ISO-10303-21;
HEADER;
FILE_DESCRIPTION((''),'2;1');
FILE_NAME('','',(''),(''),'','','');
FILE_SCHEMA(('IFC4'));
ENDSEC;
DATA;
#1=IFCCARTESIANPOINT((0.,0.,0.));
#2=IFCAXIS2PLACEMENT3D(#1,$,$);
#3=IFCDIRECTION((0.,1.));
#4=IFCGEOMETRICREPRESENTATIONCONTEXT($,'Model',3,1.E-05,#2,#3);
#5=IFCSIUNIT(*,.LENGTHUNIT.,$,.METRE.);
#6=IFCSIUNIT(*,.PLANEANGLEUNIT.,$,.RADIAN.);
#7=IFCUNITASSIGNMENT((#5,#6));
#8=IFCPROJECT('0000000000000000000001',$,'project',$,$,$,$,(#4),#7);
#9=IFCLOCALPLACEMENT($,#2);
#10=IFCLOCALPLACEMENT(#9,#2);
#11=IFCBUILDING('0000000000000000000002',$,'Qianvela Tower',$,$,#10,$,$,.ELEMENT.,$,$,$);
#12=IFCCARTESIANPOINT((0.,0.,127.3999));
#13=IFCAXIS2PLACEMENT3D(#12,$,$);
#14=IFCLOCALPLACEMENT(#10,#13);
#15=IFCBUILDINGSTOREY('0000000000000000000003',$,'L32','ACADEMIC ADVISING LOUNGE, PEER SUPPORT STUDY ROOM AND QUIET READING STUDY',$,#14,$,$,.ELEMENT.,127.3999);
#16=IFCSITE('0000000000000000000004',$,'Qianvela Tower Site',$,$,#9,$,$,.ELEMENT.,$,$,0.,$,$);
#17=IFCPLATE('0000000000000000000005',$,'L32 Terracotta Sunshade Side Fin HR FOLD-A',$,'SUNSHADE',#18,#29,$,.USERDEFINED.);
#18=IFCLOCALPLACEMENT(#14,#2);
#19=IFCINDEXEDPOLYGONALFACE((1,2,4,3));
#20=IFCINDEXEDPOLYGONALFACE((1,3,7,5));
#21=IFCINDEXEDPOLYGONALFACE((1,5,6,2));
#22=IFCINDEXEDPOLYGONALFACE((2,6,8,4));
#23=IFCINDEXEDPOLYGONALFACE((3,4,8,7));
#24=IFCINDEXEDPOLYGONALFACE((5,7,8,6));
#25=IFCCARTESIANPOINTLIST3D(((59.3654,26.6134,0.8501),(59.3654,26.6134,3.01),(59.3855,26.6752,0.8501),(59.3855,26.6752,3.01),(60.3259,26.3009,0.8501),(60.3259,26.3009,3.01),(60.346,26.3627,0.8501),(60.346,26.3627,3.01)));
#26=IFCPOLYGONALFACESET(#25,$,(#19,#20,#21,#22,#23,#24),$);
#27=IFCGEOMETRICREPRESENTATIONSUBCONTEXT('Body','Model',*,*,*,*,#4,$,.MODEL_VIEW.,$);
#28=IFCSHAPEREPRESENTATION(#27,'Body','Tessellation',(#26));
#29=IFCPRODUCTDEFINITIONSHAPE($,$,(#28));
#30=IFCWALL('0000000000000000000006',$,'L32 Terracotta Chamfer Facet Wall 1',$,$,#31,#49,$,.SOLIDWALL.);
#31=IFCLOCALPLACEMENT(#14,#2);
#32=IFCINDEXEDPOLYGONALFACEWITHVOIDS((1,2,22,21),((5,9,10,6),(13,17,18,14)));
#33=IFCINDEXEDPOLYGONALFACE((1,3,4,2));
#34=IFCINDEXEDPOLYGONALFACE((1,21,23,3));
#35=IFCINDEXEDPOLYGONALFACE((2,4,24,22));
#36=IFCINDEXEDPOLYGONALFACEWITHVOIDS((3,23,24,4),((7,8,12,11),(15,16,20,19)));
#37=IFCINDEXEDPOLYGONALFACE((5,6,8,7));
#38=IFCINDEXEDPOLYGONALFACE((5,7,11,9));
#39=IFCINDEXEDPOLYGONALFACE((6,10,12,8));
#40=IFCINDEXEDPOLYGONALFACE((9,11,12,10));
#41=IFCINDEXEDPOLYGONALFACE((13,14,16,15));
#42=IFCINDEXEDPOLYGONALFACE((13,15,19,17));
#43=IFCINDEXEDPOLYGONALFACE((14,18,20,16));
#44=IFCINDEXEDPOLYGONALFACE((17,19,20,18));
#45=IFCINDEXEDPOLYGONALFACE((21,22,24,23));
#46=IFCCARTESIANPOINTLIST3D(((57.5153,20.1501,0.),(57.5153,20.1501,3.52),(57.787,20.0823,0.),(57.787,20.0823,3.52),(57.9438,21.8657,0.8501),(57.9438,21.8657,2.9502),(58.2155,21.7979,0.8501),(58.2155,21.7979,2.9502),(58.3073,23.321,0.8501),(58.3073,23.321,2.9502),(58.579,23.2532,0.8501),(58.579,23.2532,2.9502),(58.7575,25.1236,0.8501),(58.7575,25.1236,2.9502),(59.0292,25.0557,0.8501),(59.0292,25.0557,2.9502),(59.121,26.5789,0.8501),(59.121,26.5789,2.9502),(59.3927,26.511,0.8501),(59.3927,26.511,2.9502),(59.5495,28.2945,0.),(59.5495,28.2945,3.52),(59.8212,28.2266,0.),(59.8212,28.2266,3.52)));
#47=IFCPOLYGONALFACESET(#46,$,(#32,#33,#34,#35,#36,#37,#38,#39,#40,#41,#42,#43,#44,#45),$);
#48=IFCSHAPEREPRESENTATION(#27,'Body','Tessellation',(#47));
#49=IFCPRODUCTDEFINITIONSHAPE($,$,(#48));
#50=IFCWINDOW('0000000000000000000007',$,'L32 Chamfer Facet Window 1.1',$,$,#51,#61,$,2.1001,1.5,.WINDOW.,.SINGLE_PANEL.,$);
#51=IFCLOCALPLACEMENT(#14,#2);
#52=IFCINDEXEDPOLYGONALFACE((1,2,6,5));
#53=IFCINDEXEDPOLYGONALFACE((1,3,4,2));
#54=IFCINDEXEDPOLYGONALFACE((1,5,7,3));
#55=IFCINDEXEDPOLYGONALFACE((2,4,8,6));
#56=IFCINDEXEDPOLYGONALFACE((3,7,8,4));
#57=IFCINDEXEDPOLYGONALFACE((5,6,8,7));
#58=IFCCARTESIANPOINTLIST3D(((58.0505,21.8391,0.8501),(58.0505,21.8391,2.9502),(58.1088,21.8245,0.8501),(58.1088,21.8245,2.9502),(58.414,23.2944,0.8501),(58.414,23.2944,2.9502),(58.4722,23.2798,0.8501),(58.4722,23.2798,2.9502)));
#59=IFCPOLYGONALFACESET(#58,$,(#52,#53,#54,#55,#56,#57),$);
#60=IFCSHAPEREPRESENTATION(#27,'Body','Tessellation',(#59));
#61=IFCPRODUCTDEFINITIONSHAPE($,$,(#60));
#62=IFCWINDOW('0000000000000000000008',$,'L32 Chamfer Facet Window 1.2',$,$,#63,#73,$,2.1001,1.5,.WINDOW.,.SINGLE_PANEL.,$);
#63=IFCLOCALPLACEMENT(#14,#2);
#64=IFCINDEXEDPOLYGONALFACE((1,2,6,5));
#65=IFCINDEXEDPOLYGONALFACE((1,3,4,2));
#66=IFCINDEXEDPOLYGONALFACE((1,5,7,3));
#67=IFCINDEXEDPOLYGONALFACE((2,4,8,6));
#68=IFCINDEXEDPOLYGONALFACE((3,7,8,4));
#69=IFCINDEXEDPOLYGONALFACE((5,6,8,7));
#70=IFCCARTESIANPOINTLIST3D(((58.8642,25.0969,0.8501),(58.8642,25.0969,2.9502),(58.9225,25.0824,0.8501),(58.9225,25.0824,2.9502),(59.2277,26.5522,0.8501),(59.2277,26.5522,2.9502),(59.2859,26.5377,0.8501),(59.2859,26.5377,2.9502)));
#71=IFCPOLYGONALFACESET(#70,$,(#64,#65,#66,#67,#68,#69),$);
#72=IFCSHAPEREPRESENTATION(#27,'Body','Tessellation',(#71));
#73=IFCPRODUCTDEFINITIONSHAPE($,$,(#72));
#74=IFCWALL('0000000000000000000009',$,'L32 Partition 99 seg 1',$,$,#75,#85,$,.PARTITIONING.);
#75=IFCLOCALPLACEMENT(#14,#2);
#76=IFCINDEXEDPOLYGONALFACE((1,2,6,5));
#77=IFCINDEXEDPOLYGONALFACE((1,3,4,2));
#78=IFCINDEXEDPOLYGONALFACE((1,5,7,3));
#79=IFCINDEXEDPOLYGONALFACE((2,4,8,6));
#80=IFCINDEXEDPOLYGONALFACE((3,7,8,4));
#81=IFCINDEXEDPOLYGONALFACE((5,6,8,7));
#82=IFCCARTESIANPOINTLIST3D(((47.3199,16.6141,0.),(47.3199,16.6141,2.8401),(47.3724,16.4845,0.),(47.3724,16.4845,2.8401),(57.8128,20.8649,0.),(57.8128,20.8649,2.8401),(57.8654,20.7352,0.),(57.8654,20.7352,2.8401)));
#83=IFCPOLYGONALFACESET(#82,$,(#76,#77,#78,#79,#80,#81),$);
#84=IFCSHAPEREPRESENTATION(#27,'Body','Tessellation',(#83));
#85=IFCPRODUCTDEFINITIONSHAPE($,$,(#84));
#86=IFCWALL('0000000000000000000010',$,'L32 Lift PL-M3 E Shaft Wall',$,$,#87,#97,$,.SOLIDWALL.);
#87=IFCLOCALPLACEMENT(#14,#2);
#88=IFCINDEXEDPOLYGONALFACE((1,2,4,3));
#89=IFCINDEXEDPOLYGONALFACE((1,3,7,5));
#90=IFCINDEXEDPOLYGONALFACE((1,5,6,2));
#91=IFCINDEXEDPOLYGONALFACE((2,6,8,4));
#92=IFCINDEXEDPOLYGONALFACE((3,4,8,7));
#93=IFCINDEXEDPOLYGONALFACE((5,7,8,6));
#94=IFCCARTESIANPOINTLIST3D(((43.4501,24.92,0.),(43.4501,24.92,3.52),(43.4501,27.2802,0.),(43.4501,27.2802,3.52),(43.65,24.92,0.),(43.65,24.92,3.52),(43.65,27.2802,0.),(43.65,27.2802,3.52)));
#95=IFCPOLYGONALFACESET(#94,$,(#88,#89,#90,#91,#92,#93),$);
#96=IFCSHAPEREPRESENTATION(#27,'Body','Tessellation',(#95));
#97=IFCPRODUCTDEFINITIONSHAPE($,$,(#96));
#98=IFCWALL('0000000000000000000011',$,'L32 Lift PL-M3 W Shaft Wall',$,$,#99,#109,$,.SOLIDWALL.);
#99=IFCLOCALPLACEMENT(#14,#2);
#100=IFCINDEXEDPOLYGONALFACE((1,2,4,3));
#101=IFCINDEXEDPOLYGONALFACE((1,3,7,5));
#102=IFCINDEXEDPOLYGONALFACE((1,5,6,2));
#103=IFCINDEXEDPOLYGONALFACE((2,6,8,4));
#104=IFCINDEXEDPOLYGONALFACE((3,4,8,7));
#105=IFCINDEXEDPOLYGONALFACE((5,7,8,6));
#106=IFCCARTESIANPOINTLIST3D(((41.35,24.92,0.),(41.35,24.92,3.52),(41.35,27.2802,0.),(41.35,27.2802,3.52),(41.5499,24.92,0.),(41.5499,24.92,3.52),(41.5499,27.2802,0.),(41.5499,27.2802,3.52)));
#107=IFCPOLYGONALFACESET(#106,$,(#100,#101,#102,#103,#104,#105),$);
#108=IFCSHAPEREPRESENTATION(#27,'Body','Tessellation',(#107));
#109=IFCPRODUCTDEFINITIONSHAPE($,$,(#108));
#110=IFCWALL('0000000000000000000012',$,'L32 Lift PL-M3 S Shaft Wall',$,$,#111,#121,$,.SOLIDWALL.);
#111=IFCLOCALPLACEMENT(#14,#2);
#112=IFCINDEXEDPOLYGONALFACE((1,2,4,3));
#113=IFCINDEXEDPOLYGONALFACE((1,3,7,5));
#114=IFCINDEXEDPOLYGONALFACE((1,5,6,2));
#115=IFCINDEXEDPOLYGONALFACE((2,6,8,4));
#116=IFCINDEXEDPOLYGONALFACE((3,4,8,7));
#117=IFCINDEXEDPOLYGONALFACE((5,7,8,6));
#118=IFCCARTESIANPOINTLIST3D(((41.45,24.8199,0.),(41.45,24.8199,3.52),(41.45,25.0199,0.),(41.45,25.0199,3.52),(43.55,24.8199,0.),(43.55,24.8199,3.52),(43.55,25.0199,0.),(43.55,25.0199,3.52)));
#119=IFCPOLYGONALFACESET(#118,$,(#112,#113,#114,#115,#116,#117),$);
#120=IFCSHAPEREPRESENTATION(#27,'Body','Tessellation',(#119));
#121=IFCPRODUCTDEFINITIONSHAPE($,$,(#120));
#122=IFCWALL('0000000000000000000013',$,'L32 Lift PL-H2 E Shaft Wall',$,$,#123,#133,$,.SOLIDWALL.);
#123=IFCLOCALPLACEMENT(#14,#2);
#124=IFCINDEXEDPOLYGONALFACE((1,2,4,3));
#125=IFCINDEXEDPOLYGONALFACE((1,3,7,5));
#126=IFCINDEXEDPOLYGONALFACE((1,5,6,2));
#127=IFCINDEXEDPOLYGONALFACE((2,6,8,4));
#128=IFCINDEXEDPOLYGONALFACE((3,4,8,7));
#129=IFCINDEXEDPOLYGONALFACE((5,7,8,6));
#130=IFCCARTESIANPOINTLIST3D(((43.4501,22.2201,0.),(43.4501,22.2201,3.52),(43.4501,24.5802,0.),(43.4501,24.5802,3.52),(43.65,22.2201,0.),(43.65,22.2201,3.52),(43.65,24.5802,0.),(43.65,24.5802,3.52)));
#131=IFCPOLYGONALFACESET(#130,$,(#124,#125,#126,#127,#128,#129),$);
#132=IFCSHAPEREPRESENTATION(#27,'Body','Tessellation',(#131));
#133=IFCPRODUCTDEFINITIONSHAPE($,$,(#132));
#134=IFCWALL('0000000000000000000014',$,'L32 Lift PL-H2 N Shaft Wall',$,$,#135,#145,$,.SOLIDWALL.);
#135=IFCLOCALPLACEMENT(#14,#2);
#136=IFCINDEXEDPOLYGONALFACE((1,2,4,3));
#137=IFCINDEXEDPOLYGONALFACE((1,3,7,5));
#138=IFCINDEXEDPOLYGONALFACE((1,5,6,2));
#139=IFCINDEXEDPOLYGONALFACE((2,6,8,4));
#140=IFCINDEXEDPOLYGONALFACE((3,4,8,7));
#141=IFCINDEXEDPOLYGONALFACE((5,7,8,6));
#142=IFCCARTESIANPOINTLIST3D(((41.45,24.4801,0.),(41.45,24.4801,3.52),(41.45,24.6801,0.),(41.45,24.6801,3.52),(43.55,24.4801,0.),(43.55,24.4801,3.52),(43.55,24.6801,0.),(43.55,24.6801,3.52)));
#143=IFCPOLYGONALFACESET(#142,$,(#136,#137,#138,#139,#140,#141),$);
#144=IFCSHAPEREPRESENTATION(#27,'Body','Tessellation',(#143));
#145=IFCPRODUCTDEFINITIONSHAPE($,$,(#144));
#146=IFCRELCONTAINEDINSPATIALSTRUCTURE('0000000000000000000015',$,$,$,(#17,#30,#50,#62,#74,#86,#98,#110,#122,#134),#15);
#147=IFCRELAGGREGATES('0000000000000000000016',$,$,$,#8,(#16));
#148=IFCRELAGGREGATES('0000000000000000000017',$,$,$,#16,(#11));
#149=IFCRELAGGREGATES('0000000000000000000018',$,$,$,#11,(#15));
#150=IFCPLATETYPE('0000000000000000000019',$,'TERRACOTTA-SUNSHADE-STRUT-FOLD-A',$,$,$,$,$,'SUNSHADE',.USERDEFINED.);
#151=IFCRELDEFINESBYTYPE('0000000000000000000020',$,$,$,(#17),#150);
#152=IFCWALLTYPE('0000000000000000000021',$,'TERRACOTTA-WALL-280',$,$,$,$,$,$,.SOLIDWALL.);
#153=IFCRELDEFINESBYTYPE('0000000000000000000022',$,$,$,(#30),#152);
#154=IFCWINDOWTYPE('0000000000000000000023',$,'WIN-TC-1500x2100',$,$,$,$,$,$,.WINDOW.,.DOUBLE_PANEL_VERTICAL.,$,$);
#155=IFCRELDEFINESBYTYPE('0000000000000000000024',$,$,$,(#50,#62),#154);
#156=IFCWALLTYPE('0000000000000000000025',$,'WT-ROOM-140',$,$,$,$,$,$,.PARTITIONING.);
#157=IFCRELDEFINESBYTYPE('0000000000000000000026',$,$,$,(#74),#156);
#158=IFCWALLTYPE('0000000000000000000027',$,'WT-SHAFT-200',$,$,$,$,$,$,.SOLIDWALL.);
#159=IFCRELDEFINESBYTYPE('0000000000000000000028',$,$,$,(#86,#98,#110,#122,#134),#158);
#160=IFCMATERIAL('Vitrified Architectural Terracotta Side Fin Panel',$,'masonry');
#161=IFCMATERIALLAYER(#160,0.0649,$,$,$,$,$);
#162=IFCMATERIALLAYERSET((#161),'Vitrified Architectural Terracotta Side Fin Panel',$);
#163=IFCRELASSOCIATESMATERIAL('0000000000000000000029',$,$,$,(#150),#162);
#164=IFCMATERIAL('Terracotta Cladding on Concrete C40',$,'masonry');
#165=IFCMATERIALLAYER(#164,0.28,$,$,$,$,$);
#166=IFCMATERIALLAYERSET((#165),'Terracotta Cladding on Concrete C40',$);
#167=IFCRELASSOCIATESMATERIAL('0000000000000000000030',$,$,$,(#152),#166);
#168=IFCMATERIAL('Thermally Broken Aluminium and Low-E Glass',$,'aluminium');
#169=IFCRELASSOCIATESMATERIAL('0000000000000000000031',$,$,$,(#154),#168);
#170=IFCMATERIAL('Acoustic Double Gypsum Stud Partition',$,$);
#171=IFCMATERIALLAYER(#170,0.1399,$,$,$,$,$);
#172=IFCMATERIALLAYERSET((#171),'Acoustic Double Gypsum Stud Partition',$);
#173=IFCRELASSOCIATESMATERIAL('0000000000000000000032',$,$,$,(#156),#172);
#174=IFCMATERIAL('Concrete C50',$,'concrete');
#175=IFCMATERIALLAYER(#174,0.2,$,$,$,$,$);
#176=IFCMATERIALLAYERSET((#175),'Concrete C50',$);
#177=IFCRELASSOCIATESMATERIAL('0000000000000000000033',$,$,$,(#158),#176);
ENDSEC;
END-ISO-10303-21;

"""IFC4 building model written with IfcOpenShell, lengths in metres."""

from ifc_helpers import new_model, si_unit, direction, frame, frame_2d, origin, origin_2d, place, context, subcontext, project, spatial, rectangle, extrude, material, layer, layer_set, type_object, element, fill, save


model = new_model("IFC4")

# Units and contexts
model_context = context("Model", 3, precision=1e-05, world=origin(), true_north=direction((0.0, 1.0)))
body_context = subcontext(model_context, "Body", "Model", "MODEL_VIEW")
ifc_project = project(units=[si_unit("LENGTHUNIT", "METRE"), si_unit("PLANEANGLEUNIT", "RADIAN")], contexts=[model_context])

# Site, building, storey
site_placement = place(None, origin())
site = spatial("IfcSite", under=ifc_project, at=site_placement, Name="Qianvela Tower Site", CompositionType="ELEMENT", RefElevation=0.0)
building_placement = place(site_placement, origin())
building = spatial("IfcBuilding", under=site, at=building_placement, Name="Qianvela Tower", CompositionType="ELEMENT")
storey_placement = place(building_placement, frame((0.0, 0.0, 127.3999)))
storey = spatial("IfcBuildingStorey", under=building, at=storey_placement, Name="L32", Description="ACADEMIC ADVISING LOUNGE, PEER SUPPORT STUDY ROOM AND QUIET READING STUDY", CompositionType="ELEMENT", Elevation=127.3999)

# Plate
ifc_material_1 = material(Name="Vitrified Architectural Terracotta Side Fin Panel", Category="masonry")
ifc_layer_1 = layer(ifc_material_1, 0.0649)
ifc_layer_set_1 = layer_set([ifc_layer_1], Name="Vitrified Architectural Terracotta Side Fin Panel")
plate_type_1 = type_object("IfcPlateType", Name="TERRACOTTA-SUNSHADE-STRUT-FOLD-A", ElementType="SUNSHADE", PredefinedType="USERDEFINED", material=ifc_layer_set_1)
for number, where, z_axis, x_axis, name in (
    (1, (59.8557, 26.488, 0.8501), (0.0, 0.0, 1.0), (0.309399, 0.950932, 0.0), "L32 Terracotta Sunshade Side Fin HR FOLD-A"),
):
    element("IfcPlate", number, at=place(storey_placement, frame(where, z_axis=z_axis, x_axis=x_axis)), inside=storey, type_object=plate_type_1, Name=name, ObjectType="SUNSHADE", PredefinedType="USERDEFINED", context=body_context, shape_type="SweptSolid", body=[
        extrude(rectangle(XDim=0.0649, YDim=1.01, at=origin_2d()), origin(), (0.0, 0.0, 1.0), 2.1599),
    ])

# Wall, openings, windows
ifc_material_2 = material(Name="Terracotta Cladding on Concrete C40", Category="masonry")
ifc_layer_2 = layer(ifc_material_2, 0.28)
ifc_layer_set_2 = layer_set([ifc_layer_2], Name="Terracotta Cladding on Concrete C40")
wall_type_1 = type_object("IfcWallType", Name="TERRACOTTA-WALL-280", PredefinedType="SOLIDWALL", material=ifc_layer_set_2)
wall_1_placement = place(storey_placement, frame((57.6511, 20.1162, 0.0), z_axis=(0.0, 0.0, 1.0), x_axis=(0.242323, 0.970196, 0.0)))
wall_1 = element("IfcWall", 2, at=wall_1_placement, inside=storey, type_object=wall_type_1, Name="L32 Terracotta Chamfer Facet Wall 1", PredefinedType="SOLIDWALL", context=body_context, shape_type="SweptSolid", body=[
    extrude(rectangle(XDim=8.3945, YDim=0.28, at=frame_2d((4.1973, 0.0))), origin(), (0.0, 0.0, 1.0), 3.52),
])
opening_1_placement = place(wall_1_placement, frame((1.7683, 0.0, 0.8501)))
opening_1 = element("IfcOpeningElement", 3, at=opening_1_placement, cuts=wall_1, PredefinedType="OPENING", context=body_context, shape_type="SweptSolid", body=[
    extrude(rectangle(XDim=1.5, YDim=2.1001, at=frame_2d((0.75, 1.05))), frame((0.0, 0.1499, 0.0), z_axis=(0.0, -1.0, 0.0), x_axis=(1.0, 0.0, 0.0)), (0.0, 0.0, 1.0), 0.3),
])
opening_2_placement = place(wall_1_placement, frame((5.1262, 0.0, 0.8501)))
opening_2 = element("IfcOpeningElement", 4, at=opening_2_placement, cuts=wall_1, PredefinedType="OPENING", context=body_context, shape_type="SweptSolid", body=[
    extrude(rectangle(XDim=1.5, YDim=2.1001, at=frame_2d((0.75, 1.05))), frame((0.0, 0.1499, 0.0), z_axis=(0.0, -1.0, 0.0), x_axis=(1.0, 0.0, 0.0)), (0.0, 0.0, 1.0), 0.3),
])
ifc_material_3 = material(Name="Thermally Broken Aluminium and Low-E Glass", Category="aluminium")
window_type = type_object("IfcWindowType", Name="WIN-TC-1500x2100", PartitioningType="DOUBLE_PANEL_VERTICAL", PredefinedType="WINDOW", material=ifc_material_3)
window_1_placement = place(opening_1_placement, origin())
window_1 = element("IfcWindow", 5, at=window_1_placement, inside=storey, type_object=window_type, Name="L32 Chamfer Facet Window 1.1", OverallHeight=2.1001, OverallWidth=1.5, PartitioningType="SINGLE_PANEL", PredefinedType="WINDOW", context=body_context, shape_type="SweptSolid", body=[
    extrude(rectangle(XDim=1.5, YDim=2.1001, at=frame_2d((0.75, 1.05))), frame((0.0, 0.03, 0.0), z_axis=(0.0, -1.0, 0.0), x_axis=(1.0, 0.0, 0.0)), (0.0, 0.0, 1.0), 0.0601),
])
fill(opening_1, window_1)
window_2_placement = place(opening_2_placement, origin())
window_2 = element("IfcWindow", 6, at=window_2_placement, inside=storey, type_object=window_type, Name="L32 Chamfer Facet Window 1.2", OverallHeight=2.1001, OverallWidth=1.5, PartitioningType="SINGLE_PANEL", PredefinedType="WINDOW", context=body_context, shape_type="SweptSolid", body=[
    extrude(rectangle(XDim=1.5, YDim=2.1001, at=frame_2d((0.75, 1.05))), frame((0.0, 0.03, 0.0), z_axis=(0.0, -1.0, 0.0), x_axis=(1.0, 0.0, 0.0)), (0.0, 0.0, 1.0), 0.0601),
])
fill(opening_2, window_2)

# Walls
ifc_material_4 = material(Name="Acoustic Double Gypsum Stud Partition")
ifc_layer_3 = layer(ifc_material_4, 0.1399)
ifc_layer_set_3 = layer_set([ifc_layer_3], Name="Acoustic Double Gypsum Stud Partition")
wall_type_2 = type_object("IfcWallType", Name="WT-ROOM-140", PredefinedType="PARTITIONING", material=ifc_layer_set_3)
wall_2_placement = place(storey_placement, frame((57.8391, 20.8, 0.0), z_axis=(0.0, 0.0, 1.0), x_axis=(-0.926836, -0.375466, 0.0)))
element("IfcWall", 7, at=wall_2_placement, inside=storey, type_object=wall_type_2, Name="L32 Partition 99 seg 1", PredefinedType="PARTITIONING", context=body_context, shape_type="SweptSolid", body=[
    extrude(rectangle(XDim=11.3213, YDim=0.1399, at=frame_2d((5.6606, 0.0))), origin(), (0.0, 0.0, 1.0), 2.8401),
])
ifc_material_5 = material(Name="Concrete C50", Category="concrete")
ifc_layer_4 = layer(ifc_material_5, 0.2)
ifc_layer_set_4 = layer_set([ifc_layer_4], Name="Concrete C50")
wall_type_3 = type_object("IfcWallType", Name="WT-SHAFT-200", PredefinedType="SOLIDWALL", material=ifc_layer_set_4)
for number, where, z_axis, x_axis, name in (
    (8, (43.55, 24.9199, 0.0), (0.0, 0.0, 1.0), (0.0, 1.0, 0.0), "L32 Lift PL-M3 E Shaft Wall"),
    (9, (41.45, 24.9199, 0.0), (0.0, 0.0, 1.0), (0.0, 1.0, 0.0), "L32 Lift PL-M3 W Shaft Wall"),
):
    element("IfcWall", number, at=place(storey_placement, frame(where, z_axis=z_axis, x_axis=x_axis)), inside=storey, type_object=wall_type_3, Name=name, PredefinedType="SOLIDWALL", context=body_context, shape_type="SweptSolid", body=[
        extrude(rectangle(XDim=2.3601, YDim=0.2, at=frame_2d((1.1802, 0.0))), origin(), (0.0, 0.0, 1.0), 3.52),
    ])
wall_3_placement = place(storey_placement, frame((41.45, 24.9199, 0.0), z_axis=(0.0, 0.0, 1.0), x_axis=(1.0, 0.0, 0.0)))
element("IfcWall", 10, at=wall_3_placement, inside=storey, type_object=wall_type_3, Name="L32 Lift PL-M3 S Shaft Wall", PredefinedType="SOLIDWALL", context=body_context, shape_type="SweptSolid", body=[
    extrude(rectangle(XDim=2.1001, YDim=0.2, at=frame_2d((1.05, 0.0))), origin(), (0.0, 0.0, 1.0), 3.52),
])
wall_4_placement = place(storey_placement, frame((43.55, 22.22, 0.0), z_axis=(0.0, 0.0, 1.0), x_axis=(0.0, 1.0, 0.0)))
element("IfcWall", 11, at=wall_4_placement, inside=storey, type_object=wall_type_3, Name="L32 Lift PL-H2 E Shaft Wall", PredefinedType="SOLIDWALL", context=body_context, shape_type="SweptSolid", body=[
    extrude(rectangle(XDim=2.3601, YDim=0.2, at=frame_2d((1.1802, 0.0))), origin(), (0.0, 0.0, 1.0), 3.52),
])
wall_5_placement = place(storey_placement, frame((41.45, 24.5801, 0.0), z_axis=(0.0, 0.0, 1.0), x_axis=(1.0, 0.0, 0.0)))
element("IfcWall", 12, at=wall_5_placement, inside=storey, type_object=wall_type_3, Name="L32 Lift PL-H2 N Shaft Wall", PredefinedType="SOLIDWALL", context=body_context, shape_type="SweptSolid", body=[
    extrude(rectangle(XDim=2.1001, YDim=0.2, at=frame_2d((1.05, 0.0))), origin(), (0.0, 0.0, 1.0), 3.52),
])

save(model, "model.ifc")
